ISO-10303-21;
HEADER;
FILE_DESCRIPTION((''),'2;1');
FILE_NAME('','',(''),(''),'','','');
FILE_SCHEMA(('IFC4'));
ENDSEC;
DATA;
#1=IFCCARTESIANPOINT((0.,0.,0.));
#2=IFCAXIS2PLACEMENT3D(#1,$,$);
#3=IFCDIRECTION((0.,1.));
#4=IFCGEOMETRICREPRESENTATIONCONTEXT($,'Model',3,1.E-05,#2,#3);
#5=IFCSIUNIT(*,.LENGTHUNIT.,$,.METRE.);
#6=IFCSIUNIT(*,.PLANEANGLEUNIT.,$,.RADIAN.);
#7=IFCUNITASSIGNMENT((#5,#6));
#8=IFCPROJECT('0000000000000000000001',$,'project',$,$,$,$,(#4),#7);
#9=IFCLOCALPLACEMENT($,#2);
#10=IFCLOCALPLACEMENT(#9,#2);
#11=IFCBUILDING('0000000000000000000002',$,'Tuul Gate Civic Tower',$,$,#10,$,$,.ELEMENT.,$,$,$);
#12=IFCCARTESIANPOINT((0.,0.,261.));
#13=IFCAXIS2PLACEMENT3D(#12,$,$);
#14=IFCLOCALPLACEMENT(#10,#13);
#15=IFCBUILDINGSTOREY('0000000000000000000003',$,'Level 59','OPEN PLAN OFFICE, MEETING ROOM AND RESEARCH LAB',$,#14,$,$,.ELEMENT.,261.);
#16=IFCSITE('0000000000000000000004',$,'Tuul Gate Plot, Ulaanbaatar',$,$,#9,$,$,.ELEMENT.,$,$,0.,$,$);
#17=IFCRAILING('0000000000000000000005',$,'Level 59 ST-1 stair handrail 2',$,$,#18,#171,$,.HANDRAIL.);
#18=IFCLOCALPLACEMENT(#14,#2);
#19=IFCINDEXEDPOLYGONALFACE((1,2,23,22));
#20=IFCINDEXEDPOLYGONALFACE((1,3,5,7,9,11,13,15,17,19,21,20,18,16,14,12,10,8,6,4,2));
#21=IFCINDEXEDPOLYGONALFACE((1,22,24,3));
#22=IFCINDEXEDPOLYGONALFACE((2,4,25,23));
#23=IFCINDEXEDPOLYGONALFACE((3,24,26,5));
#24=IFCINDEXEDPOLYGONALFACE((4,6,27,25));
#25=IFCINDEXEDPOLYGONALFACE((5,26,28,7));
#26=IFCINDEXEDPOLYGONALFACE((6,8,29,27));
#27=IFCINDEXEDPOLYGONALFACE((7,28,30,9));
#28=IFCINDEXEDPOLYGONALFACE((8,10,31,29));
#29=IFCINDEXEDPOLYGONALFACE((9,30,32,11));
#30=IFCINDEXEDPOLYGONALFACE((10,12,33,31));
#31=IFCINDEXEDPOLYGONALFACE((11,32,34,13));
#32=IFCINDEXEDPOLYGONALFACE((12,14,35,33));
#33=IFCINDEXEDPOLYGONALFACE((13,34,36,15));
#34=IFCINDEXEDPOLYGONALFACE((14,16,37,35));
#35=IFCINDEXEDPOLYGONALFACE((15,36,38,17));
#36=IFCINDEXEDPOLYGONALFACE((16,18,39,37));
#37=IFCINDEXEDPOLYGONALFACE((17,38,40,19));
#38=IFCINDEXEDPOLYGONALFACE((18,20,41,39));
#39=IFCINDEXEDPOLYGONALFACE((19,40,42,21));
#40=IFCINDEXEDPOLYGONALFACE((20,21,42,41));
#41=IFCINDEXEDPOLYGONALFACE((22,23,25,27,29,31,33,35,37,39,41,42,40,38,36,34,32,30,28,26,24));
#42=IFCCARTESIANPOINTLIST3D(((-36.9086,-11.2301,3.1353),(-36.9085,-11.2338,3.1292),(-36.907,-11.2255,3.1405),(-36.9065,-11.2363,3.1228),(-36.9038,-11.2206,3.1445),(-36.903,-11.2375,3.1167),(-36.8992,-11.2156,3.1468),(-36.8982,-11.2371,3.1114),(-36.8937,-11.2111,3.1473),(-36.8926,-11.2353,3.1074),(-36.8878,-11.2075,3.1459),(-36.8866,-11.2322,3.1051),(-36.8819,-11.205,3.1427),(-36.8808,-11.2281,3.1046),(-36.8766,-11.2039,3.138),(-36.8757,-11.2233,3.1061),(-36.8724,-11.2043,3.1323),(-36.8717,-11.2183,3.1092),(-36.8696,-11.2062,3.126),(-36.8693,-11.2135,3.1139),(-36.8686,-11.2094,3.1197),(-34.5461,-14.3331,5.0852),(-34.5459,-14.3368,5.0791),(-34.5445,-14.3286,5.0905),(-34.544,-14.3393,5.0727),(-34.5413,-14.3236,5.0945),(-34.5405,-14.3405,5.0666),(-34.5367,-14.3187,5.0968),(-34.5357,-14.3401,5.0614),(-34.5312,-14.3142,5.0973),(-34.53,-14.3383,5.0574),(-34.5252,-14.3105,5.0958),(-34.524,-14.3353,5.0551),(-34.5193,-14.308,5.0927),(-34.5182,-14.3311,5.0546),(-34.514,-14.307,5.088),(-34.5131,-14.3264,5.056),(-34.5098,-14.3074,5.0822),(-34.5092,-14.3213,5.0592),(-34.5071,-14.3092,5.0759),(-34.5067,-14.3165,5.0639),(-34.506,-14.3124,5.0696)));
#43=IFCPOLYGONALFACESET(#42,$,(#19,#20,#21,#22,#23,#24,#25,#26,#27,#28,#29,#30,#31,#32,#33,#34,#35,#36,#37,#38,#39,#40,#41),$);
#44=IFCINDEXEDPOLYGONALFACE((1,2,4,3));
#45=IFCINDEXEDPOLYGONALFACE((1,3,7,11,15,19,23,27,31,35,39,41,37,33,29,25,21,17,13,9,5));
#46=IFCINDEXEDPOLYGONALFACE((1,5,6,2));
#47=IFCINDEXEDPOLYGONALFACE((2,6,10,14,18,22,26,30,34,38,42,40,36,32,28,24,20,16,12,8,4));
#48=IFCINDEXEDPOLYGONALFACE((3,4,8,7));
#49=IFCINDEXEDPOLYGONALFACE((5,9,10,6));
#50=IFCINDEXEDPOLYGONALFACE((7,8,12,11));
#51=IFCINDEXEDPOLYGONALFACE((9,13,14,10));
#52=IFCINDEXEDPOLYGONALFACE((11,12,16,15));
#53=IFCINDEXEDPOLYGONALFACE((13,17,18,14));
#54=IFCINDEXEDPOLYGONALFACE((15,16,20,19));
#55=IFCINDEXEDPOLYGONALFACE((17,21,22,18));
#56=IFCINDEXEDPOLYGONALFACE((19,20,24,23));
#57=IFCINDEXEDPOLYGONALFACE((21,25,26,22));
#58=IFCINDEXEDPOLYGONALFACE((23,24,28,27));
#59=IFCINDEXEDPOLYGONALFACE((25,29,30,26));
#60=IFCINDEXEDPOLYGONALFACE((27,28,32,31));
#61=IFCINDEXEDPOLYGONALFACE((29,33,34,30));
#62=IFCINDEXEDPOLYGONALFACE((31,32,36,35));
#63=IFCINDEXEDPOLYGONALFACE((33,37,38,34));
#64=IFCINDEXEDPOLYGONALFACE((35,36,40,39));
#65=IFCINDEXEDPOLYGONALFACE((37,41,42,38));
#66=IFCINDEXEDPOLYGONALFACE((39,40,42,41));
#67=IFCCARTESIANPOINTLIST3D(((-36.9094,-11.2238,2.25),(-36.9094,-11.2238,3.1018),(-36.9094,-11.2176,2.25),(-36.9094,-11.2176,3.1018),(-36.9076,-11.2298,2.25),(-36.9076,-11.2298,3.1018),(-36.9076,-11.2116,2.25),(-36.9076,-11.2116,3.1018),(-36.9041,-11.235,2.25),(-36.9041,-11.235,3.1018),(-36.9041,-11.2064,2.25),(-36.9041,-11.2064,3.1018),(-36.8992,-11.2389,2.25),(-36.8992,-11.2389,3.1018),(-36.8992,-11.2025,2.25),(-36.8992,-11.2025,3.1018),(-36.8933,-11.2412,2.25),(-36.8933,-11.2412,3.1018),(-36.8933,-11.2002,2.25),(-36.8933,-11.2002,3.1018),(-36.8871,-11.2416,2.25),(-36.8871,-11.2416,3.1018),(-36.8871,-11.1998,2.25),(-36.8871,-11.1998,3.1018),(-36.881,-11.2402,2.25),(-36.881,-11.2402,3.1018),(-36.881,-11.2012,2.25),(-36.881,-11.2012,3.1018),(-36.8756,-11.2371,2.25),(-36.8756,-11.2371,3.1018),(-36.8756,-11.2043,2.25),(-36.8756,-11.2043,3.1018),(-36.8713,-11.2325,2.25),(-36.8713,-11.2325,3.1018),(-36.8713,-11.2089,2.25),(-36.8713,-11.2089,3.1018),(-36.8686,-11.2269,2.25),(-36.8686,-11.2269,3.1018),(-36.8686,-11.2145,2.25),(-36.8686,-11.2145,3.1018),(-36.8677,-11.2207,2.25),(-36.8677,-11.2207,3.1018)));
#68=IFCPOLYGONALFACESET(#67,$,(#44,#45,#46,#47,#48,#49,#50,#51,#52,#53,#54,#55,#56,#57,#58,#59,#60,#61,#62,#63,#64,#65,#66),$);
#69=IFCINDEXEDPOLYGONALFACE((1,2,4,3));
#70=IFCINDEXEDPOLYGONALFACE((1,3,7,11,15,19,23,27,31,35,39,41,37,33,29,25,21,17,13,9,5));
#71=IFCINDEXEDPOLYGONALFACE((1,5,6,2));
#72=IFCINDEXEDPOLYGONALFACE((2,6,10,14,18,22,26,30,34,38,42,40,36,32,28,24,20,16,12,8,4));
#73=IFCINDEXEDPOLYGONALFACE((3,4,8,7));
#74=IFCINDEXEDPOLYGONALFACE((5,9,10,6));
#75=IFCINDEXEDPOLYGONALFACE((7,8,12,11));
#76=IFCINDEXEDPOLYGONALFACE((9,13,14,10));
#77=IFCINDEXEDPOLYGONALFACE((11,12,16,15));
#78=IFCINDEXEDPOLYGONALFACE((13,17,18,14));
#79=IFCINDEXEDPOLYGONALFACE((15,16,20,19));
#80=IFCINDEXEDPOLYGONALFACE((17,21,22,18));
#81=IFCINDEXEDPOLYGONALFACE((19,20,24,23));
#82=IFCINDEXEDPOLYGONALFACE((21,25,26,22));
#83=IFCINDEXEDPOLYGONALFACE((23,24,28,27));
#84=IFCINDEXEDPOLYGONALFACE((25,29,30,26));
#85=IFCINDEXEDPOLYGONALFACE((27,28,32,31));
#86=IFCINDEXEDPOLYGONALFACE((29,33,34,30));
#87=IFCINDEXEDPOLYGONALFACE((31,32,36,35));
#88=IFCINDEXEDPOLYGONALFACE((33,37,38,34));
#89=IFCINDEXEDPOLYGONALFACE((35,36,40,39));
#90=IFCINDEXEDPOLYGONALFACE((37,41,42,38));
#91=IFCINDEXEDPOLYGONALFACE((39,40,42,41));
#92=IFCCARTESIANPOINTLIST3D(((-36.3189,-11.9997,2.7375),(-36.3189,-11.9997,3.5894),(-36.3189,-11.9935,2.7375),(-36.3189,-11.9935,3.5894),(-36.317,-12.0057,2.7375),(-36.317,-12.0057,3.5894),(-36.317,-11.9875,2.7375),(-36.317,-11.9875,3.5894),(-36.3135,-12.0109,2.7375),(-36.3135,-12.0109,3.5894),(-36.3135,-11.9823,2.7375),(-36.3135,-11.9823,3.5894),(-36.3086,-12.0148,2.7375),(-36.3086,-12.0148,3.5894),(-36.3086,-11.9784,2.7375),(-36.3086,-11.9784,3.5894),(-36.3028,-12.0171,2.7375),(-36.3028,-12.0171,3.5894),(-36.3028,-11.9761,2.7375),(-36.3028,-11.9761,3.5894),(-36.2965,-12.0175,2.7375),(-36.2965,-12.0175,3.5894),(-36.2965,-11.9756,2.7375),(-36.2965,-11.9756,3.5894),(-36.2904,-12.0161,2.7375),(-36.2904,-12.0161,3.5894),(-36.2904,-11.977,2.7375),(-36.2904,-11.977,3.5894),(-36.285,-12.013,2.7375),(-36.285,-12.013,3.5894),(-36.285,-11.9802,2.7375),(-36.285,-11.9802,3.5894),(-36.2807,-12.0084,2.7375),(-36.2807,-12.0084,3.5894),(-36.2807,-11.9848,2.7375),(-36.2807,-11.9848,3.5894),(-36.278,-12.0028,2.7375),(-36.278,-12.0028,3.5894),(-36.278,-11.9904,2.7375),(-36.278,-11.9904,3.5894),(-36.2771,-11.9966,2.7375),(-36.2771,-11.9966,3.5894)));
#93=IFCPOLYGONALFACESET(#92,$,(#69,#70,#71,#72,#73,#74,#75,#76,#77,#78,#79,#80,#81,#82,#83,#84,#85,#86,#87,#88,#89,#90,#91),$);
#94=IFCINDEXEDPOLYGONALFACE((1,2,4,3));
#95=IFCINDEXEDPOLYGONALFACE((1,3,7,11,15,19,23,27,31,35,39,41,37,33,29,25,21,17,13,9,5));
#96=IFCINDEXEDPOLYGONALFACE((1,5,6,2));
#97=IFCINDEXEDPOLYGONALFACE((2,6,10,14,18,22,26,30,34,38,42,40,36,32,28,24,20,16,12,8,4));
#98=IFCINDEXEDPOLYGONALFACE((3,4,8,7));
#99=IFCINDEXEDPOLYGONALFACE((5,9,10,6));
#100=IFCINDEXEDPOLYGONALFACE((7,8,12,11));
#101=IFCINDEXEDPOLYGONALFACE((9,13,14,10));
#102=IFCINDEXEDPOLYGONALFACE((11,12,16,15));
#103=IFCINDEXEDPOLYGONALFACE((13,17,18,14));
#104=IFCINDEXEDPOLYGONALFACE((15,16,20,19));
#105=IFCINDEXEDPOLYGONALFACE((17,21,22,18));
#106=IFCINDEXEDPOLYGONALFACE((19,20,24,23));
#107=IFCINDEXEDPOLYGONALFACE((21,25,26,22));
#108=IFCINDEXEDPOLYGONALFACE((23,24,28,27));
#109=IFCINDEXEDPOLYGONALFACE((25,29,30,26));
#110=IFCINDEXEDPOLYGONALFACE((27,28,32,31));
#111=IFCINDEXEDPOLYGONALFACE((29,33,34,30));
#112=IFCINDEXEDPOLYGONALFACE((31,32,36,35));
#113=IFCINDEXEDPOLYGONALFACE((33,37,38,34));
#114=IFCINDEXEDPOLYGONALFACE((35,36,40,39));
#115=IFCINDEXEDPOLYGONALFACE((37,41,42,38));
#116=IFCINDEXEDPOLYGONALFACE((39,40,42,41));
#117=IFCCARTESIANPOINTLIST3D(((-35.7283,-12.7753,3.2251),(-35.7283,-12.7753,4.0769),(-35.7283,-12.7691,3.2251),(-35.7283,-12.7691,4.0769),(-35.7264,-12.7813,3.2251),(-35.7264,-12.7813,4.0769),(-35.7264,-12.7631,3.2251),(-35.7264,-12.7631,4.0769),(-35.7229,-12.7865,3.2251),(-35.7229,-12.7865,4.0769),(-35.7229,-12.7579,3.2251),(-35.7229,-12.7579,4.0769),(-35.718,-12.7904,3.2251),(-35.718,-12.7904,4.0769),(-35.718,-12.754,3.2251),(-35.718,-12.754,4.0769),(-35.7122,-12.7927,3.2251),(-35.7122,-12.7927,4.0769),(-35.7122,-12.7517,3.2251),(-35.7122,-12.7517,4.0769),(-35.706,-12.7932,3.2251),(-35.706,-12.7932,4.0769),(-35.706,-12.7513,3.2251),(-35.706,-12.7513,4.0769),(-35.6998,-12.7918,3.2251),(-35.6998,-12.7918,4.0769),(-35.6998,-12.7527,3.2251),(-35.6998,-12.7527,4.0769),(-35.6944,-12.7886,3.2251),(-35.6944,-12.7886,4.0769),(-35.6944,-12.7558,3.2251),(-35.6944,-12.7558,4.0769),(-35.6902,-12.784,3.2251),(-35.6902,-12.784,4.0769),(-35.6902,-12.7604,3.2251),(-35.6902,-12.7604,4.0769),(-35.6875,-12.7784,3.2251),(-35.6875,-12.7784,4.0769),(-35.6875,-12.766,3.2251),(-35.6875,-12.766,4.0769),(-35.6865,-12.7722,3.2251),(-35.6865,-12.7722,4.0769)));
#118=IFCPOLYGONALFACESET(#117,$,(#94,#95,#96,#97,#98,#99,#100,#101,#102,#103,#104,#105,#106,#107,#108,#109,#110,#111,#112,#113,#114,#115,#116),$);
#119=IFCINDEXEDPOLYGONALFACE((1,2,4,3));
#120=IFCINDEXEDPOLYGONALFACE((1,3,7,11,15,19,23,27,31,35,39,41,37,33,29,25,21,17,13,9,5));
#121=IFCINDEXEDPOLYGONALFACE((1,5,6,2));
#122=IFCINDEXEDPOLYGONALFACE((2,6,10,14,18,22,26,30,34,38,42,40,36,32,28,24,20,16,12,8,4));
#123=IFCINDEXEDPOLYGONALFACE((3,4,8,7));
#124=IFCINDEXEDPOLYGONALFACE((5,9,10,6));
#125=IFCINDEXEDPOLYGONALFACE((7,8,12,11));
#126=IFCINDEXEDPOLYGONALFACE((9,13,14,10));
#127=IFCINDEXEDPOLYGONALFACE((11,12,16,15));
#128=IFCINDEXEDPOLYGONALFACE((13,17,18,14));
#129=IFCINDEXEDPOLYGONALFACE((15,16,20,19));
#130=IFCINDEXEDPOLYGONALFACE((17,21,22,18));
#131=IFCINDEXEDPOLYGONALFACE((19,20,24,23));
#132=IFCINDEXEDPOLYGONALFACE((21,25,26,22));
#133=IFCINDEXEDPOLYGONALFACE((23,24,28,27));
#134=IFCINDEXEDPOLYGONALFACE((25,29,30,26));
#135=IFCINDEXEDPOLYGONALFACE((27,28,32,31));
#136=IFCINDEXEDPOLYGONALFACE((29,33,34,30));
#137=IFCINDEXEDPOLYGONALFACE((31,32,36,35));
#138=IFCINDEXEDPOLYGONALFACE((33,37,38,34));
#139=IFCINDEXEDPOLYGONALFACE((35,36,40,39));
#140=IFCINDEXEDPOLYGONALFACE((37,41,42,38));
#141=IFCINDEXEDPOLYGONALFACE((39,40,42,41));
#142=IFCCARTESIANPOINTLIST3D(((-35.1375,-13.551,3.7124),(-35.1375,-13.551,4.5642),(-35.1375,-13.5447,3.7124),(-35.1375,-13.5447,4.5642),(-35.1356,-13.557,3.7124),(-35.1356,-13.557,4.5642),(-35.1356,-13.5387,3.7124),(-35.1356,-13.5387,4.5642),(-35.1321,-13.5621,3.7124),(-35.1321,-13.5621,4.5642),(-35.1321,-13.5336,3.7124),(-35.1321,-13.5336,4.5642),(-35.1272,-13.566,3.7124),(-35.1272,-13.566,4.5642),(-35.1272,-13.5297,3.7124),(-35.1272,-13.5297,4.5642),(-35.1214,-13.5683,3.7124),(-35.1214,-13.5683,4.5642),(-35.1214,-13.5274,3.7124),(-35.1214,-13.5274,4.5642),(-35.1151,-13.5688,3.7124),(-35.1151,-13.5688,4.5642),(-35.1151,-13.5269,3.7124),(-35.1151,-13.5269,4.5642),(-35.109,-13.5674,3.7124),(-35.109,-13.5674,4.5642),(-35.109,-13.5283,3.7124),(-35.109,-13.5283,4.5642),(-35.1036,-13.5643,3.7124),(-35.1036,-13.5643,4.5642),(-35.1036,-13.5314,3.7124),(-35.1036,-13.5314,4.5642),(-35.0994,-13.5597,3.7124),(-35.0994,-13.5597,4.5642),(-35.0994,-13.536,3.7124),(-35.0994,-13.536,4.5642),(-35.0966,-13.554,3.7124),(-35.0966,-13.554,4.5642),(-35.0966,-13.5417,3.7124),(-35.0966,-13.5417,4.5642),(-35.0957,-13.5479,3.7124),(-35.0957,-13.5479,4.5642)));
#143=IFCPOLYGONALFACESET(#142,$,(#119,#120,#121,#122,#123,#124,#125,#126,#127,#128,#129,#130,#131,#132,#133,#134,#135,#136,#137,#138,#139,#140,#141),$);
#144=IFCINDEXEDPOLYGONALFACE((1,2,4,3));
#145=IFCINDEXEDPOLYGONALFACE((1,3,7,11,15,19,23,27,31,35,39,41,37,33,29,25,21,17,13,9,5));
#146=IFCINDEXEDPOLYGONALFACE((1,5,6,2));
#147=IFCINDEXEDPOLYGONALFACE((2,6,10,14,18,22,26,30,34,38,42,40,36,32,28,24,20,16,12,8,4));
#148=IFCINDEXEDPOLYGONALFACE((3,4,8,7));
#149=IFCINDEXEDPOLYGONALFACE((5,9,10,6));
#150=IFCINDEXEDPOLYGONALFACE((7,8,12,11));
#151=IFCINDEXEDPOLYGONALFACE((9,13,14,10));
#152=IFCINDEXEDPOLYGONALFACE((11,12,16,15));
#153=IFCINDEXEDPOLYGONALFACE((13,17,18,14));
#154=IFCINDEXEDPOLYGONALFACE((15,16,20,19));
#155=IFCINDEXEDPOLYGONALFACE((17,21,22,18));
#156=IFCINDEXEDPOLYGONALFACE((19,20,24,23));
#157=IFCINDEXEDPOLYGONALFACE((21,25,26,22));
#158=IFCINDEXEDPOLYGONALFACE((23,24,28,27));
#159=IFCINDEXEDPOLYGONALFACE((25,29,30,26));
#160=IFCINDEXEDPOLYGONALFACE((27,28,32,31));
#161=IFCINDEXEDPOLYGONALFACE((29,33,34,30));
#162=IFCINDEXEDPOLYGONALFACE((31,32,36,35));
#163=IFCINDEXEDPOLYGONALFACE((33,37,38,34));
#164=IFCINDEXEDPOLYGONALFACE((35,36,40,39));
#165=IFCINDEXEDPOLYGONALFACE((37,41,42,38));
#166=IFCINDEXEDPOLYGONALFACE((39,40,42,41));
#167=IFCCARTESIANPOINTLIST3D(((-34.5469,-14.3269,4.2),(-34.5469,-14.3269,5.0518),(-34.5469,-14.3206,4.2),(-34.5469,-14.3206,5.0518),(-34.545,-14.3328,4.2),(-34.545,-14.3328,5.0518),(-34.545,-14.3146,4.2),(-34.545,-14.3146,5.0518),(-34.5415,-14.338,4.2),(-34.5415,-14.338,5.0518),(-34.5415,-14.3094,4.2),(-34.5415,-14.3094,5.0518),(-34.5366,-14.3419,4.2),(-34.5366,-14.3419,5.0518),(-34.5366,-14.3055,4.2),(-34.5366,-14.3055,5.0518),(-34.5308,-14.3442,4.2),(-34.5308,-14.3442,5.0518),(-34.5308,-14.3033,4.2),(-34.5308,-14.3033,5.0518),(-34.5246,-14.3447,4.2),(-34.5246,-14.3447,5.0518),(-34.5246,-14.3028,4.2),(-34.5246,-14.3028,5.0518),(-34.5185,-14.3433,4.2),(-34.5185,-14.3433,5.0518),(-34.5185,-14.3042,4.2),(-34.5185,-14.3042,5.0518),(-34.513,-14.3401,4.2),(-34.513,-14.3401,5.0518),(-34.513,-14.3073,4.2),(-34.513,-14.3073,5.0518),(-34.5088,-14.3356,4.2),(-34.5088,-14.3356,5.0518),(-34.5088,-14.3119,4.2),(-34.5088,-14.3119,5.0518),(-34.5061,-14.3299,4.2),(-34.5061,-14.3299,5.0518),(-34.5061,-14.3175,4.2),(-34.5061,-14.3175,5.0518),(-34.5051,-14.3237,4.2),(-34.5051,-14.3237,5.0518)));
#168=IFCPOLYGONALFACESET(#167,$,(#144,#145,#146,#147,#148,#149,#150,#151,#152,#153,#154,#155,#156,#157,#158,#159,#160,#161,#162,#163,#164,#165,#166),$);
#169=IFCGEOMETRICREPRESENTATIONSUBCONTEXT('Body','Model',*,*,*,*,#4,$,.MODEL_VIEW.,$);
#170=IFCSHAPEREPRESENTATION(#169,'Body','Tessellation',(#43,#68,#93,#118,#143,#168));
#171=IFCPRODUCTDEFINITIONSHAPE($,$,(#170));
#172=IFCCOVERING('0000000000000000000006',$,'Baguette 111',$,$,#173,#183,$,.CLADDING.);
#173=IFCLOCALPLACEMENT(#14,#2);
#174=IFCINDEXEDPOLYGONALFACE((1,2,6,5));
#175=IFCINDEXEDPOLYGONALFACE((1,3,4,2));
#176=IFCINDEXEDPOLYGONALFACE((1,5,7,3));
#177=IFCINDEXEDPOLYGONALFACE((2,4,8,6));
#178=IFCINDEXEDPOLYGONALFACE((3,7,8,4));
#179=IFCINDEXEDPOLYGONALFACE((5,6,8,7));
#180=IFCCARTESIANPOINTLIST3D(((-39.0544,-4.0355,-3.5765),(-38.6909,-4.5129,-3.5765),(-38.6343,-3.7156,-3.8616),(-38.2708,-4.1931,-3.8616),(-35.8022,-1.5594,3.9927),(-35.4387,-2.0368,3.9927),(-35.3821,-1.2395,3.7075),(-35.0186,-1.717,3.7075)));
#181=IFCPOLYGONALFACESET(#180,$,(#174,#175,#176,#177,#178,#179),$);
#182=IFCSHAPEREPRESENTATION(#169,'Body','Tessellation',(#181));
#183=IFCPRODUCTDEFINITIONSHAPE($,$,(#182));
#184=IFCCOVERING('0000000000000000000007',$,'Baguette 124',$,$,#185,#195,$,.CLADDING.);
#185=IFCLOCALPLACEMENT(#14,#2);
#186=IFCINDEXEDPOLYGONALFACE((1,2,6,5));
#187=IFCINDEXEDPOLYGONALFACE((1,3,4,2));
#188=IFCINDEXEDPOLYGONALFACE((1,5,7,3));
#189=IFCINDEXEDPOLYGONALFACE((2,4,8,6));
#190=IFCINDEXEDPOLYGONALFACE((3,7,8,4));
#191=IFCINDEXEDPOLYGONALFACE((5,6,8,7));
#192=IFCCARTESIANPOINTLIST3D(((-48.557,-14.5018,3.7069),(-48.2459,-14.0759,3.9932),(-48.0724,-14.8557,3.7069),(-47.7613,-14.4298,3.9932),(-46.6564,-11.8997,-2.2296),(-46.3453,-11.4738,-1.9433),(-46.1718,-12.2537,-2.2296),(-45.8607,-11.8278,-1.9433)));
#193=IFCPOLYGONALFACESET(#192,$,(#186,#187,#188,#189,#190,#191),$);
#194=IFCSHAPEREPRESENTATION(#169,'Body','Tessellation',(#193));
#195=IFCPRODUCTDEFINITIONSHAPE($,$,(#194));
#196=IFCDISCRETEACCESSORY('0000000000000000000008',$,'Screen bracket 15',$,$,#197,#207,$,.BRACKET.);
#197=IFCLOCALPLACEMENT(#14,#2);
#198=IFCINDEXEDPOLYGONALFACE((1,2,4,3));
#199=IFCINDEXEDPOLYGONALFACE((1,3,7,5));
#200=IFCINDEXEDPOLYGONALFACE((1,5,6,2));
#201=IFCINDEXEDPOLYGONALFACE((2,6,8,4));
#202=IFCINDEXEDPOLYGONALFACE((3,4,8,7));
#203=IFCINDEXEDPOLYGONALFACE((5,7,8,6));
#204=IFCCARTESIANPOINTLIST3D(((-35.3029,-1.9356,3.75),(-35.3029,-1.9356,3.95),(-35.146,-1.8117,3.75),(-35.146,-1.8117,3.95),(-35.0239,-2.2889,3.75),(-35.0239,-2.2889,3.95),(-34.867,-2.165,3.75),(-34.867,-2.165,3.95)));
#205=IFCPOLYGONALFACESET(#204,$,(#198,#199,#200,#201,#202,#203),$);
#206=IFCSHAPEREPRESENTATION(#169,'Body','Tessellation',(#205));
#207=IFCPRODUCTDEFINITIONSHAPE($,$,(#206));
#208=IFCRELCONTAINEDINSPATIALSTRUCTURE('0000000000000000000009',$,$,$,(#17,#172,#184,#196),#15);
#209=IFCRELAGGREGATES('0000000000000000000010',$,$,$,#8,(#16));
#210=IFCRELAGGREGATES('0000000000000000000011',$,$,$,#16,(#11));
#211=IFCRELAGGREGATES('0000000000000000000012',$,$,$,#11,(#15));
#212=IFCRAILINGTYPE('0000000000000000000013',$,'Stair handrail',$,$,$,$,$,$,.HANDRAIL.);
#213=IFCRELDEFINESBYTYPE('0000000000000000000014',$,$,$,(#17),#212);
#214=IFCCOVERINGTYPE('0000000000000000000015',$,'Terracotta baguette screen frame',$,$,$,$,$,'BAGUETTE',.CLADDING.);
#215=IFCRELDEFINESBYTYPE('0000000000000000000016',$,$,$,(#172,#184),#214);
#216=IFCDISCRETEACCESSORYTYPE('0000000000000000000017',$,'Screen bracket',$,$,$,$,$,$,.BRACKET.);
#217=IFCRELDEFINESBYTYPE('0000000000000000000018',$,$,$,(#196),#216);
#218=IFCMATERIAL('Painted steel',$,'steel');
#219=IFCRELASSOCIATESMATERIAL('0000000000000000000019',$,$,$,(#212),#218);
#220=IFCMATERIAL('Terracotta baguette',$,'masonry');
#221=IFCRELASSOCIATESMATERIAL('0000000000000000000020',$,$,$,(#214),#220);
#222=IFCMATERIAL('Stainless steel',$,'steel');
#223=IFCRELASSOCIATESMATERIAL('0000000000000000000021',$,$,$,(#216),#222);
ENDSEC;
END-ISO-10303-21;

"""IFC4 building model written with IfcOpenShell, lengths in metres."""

from ifc_helpers import new_model, si_unit, direction, frame, origin, origin_2d, place, context, subcontext, project, spatial, rectangle, circle, extrude, material, material_profile, profile_set, type_object, element, save


model = new_model("IFC4")

# Units and contexts
model_context = context("Model", 3, precision=1e-05, world=origin(), true_north=direction((0.0, 1.0)))
body_context = subcontext(model_context, "Body", "Model", "MODEL_VIEW")
ifc_project = project(units=[si_unit("LENGTHUNIT", "METRE"), si_unit("PLANEANGLEUNIT", "RADIAN")], contexts=[model_context])

# Site, building, storey
site_placement = place(None, origin())
site = spatial("IfcSite", under=ifc_project, at=site_placement, Name="Tuul Gate Plot, Ulaanbaatar", CompositionType="ELEMENT", RefElevation=0.0)
building_placement = place(site_placement, origin())
building = spatial("IfcBuilding", under=site, at=building_placement, Name="Tuul Gate Civic Tower", CompositionType="ELEMENT")
storey_placement = place(building_placement, frame((0.0, 0.0, 261.0)))
storey = spatial("IfcBuildingStorey", under=building, at=storey_placement, Name="Level 59", Description="OPEN PLAN OFFICE, MEETING ROOM AND RESEARCH LAB", CompositionType="ELEMENT", Elevation=261.0)

# Railing
ifc_material_1 = material(Name="Painted steel", Category="steel")
railing_type_1 = type_object("IfcRailingType", Name="Stair handrail", PredefinedType="HANDRAIL", material=ifc_material_1)
railing_1_placement = place(storey_placement, frame((-36.8887, -11.2207, 2.25)))
element("IfcRailing", 1, at=railing_1_placement, inside=storey, type_object=railing_type_1, Name="Level 59 ST-1 stair handrail 2", PredefinedType="HANDRAIL", context=body_context, shape_type="SweptSolid", body=[
    extrude(circle(Radius=0.0239, at=origin_2d()), frame((0.0, 0.0, 0.876), z_axis=(0.541824, -0.711645, 0.4472), x_axis=(0.795637, 0.605773, 0.0)), (0.0, 0.0, 1.0), 4.3604),
    extrude(circle(Radius=0.021, at=origin_2d()), origin(), (0.0, 0.0, 1.0), 0.8518),
    extrude(circle(Radius=0.021, at=origin_2d()), frame((0.5906, -0.7759, 0.4875)), (0.0, 0.0, 1.0), 0.8518),
    extrude(circle(Radius=0.021, at=origin_2d()), frame((1.1812, -1.5515, 0.9751)), (0.0, 0.0, 1.0), 0.8518),
    extrude(circle(Radius=0.021, at=origin_2d()), frame((1.772, -2.3271, 1.4624)), (0.0, 0.0, 1.0), 0.8518),
    extrude(circle(Radius=0.021, at=origin_2d()), frame((2.3625, -3.103, 1.95)), (0.0, 0.0, 1.0), 0.8518),
])

# Coverings
ifc_material_2 = material(Name="Terracotta baguette", Category="masonry")
ifc_material_profile_1 = material_profile(ifc_material_2, rectangle(XDim=0.6001, YDim=0.6001, at=origin_2d()), Name="Terracotta baguette screen frame")
ifc_profile_set_1 = profile_set([ifc_material_profile_1], Name="Terracotta baguette")
covering_type = type_object("IfcCoveringType", Name="Terracotta baguette screen frame", ElementType="BAGUETTE", PredefinedType="CLADDING", material=ifc_profile_set_1)
covering_1_placement = place(storey_placement, frame((-35.4104, -1.6382, 3.8501), z_axis=(-0.378063, -0.28784, -0.879896), x_axis=(0.605766, -0.795643, 0.0)))
element("IfcCovering", 2, at=covering_1_placement, inside=storey, type_object=covering_type, Name="Baguette 111", PredefinedType="CLADDING", context=body_context, shape_type="SweptSolid", body=[
    extrude(rectangle(XDim=0.6001, YDim=0.6001, at=origin_2d()), origin(), (0.0, 0.0, 1.0), 8.6023),
])
covering_2_placement = place(storey_placement, frame((-46.2585, -11.8638, -2.0864), z_axis=(-0.281381, -0.385223, 0.878879), x_axis=(0.807519, -0.589842, 0.0)))
element("IfcCovering", 3, at=covering_2_placement, inside=storey, type_object=covering_type, Name="Baguette 124", PredefinedType="CLADDING", context=body_context, shape_type="SweptSolid", body=[
    extrude(rectangle(XDim=0.6001, YDim=0.6001, at=origin_2d()), origin(), (0.0, 0.0, 1.0), 6.7546),
])

# Discrete accessory
ifc_material_3 = material(Name="Stainless steel", Category="steel")
discrete_accessory_type = type_object("IfcDiscreteAccessoryType", Name="Screen bracket", PredefinedType="BRACKET", material=ifc_material_3)
discrete_accessory_placement = place(storey_placement, frame((-35.085, -2.0503, 3.75), z_axis=(0.0, 0.0, 1.0), x_axis=(-0.619887, 0.784691, 0.0)))
element("IfcDiscreteAccessory", 4, at=discrete_accessory_placement, inside=storey, type_object=discrete_accessory_type, Name="Screen bracket 15", PredefinedType="BRACKET", context=body_context, shape_type="SweptSolid", body=[
    extrude(rectangle(XDim=0.4502, YDim=0.2, at=origin_2d()), origin(), (0.0, 0.0, 1.0), 0.2),
])

save(model, "model.ifc")
